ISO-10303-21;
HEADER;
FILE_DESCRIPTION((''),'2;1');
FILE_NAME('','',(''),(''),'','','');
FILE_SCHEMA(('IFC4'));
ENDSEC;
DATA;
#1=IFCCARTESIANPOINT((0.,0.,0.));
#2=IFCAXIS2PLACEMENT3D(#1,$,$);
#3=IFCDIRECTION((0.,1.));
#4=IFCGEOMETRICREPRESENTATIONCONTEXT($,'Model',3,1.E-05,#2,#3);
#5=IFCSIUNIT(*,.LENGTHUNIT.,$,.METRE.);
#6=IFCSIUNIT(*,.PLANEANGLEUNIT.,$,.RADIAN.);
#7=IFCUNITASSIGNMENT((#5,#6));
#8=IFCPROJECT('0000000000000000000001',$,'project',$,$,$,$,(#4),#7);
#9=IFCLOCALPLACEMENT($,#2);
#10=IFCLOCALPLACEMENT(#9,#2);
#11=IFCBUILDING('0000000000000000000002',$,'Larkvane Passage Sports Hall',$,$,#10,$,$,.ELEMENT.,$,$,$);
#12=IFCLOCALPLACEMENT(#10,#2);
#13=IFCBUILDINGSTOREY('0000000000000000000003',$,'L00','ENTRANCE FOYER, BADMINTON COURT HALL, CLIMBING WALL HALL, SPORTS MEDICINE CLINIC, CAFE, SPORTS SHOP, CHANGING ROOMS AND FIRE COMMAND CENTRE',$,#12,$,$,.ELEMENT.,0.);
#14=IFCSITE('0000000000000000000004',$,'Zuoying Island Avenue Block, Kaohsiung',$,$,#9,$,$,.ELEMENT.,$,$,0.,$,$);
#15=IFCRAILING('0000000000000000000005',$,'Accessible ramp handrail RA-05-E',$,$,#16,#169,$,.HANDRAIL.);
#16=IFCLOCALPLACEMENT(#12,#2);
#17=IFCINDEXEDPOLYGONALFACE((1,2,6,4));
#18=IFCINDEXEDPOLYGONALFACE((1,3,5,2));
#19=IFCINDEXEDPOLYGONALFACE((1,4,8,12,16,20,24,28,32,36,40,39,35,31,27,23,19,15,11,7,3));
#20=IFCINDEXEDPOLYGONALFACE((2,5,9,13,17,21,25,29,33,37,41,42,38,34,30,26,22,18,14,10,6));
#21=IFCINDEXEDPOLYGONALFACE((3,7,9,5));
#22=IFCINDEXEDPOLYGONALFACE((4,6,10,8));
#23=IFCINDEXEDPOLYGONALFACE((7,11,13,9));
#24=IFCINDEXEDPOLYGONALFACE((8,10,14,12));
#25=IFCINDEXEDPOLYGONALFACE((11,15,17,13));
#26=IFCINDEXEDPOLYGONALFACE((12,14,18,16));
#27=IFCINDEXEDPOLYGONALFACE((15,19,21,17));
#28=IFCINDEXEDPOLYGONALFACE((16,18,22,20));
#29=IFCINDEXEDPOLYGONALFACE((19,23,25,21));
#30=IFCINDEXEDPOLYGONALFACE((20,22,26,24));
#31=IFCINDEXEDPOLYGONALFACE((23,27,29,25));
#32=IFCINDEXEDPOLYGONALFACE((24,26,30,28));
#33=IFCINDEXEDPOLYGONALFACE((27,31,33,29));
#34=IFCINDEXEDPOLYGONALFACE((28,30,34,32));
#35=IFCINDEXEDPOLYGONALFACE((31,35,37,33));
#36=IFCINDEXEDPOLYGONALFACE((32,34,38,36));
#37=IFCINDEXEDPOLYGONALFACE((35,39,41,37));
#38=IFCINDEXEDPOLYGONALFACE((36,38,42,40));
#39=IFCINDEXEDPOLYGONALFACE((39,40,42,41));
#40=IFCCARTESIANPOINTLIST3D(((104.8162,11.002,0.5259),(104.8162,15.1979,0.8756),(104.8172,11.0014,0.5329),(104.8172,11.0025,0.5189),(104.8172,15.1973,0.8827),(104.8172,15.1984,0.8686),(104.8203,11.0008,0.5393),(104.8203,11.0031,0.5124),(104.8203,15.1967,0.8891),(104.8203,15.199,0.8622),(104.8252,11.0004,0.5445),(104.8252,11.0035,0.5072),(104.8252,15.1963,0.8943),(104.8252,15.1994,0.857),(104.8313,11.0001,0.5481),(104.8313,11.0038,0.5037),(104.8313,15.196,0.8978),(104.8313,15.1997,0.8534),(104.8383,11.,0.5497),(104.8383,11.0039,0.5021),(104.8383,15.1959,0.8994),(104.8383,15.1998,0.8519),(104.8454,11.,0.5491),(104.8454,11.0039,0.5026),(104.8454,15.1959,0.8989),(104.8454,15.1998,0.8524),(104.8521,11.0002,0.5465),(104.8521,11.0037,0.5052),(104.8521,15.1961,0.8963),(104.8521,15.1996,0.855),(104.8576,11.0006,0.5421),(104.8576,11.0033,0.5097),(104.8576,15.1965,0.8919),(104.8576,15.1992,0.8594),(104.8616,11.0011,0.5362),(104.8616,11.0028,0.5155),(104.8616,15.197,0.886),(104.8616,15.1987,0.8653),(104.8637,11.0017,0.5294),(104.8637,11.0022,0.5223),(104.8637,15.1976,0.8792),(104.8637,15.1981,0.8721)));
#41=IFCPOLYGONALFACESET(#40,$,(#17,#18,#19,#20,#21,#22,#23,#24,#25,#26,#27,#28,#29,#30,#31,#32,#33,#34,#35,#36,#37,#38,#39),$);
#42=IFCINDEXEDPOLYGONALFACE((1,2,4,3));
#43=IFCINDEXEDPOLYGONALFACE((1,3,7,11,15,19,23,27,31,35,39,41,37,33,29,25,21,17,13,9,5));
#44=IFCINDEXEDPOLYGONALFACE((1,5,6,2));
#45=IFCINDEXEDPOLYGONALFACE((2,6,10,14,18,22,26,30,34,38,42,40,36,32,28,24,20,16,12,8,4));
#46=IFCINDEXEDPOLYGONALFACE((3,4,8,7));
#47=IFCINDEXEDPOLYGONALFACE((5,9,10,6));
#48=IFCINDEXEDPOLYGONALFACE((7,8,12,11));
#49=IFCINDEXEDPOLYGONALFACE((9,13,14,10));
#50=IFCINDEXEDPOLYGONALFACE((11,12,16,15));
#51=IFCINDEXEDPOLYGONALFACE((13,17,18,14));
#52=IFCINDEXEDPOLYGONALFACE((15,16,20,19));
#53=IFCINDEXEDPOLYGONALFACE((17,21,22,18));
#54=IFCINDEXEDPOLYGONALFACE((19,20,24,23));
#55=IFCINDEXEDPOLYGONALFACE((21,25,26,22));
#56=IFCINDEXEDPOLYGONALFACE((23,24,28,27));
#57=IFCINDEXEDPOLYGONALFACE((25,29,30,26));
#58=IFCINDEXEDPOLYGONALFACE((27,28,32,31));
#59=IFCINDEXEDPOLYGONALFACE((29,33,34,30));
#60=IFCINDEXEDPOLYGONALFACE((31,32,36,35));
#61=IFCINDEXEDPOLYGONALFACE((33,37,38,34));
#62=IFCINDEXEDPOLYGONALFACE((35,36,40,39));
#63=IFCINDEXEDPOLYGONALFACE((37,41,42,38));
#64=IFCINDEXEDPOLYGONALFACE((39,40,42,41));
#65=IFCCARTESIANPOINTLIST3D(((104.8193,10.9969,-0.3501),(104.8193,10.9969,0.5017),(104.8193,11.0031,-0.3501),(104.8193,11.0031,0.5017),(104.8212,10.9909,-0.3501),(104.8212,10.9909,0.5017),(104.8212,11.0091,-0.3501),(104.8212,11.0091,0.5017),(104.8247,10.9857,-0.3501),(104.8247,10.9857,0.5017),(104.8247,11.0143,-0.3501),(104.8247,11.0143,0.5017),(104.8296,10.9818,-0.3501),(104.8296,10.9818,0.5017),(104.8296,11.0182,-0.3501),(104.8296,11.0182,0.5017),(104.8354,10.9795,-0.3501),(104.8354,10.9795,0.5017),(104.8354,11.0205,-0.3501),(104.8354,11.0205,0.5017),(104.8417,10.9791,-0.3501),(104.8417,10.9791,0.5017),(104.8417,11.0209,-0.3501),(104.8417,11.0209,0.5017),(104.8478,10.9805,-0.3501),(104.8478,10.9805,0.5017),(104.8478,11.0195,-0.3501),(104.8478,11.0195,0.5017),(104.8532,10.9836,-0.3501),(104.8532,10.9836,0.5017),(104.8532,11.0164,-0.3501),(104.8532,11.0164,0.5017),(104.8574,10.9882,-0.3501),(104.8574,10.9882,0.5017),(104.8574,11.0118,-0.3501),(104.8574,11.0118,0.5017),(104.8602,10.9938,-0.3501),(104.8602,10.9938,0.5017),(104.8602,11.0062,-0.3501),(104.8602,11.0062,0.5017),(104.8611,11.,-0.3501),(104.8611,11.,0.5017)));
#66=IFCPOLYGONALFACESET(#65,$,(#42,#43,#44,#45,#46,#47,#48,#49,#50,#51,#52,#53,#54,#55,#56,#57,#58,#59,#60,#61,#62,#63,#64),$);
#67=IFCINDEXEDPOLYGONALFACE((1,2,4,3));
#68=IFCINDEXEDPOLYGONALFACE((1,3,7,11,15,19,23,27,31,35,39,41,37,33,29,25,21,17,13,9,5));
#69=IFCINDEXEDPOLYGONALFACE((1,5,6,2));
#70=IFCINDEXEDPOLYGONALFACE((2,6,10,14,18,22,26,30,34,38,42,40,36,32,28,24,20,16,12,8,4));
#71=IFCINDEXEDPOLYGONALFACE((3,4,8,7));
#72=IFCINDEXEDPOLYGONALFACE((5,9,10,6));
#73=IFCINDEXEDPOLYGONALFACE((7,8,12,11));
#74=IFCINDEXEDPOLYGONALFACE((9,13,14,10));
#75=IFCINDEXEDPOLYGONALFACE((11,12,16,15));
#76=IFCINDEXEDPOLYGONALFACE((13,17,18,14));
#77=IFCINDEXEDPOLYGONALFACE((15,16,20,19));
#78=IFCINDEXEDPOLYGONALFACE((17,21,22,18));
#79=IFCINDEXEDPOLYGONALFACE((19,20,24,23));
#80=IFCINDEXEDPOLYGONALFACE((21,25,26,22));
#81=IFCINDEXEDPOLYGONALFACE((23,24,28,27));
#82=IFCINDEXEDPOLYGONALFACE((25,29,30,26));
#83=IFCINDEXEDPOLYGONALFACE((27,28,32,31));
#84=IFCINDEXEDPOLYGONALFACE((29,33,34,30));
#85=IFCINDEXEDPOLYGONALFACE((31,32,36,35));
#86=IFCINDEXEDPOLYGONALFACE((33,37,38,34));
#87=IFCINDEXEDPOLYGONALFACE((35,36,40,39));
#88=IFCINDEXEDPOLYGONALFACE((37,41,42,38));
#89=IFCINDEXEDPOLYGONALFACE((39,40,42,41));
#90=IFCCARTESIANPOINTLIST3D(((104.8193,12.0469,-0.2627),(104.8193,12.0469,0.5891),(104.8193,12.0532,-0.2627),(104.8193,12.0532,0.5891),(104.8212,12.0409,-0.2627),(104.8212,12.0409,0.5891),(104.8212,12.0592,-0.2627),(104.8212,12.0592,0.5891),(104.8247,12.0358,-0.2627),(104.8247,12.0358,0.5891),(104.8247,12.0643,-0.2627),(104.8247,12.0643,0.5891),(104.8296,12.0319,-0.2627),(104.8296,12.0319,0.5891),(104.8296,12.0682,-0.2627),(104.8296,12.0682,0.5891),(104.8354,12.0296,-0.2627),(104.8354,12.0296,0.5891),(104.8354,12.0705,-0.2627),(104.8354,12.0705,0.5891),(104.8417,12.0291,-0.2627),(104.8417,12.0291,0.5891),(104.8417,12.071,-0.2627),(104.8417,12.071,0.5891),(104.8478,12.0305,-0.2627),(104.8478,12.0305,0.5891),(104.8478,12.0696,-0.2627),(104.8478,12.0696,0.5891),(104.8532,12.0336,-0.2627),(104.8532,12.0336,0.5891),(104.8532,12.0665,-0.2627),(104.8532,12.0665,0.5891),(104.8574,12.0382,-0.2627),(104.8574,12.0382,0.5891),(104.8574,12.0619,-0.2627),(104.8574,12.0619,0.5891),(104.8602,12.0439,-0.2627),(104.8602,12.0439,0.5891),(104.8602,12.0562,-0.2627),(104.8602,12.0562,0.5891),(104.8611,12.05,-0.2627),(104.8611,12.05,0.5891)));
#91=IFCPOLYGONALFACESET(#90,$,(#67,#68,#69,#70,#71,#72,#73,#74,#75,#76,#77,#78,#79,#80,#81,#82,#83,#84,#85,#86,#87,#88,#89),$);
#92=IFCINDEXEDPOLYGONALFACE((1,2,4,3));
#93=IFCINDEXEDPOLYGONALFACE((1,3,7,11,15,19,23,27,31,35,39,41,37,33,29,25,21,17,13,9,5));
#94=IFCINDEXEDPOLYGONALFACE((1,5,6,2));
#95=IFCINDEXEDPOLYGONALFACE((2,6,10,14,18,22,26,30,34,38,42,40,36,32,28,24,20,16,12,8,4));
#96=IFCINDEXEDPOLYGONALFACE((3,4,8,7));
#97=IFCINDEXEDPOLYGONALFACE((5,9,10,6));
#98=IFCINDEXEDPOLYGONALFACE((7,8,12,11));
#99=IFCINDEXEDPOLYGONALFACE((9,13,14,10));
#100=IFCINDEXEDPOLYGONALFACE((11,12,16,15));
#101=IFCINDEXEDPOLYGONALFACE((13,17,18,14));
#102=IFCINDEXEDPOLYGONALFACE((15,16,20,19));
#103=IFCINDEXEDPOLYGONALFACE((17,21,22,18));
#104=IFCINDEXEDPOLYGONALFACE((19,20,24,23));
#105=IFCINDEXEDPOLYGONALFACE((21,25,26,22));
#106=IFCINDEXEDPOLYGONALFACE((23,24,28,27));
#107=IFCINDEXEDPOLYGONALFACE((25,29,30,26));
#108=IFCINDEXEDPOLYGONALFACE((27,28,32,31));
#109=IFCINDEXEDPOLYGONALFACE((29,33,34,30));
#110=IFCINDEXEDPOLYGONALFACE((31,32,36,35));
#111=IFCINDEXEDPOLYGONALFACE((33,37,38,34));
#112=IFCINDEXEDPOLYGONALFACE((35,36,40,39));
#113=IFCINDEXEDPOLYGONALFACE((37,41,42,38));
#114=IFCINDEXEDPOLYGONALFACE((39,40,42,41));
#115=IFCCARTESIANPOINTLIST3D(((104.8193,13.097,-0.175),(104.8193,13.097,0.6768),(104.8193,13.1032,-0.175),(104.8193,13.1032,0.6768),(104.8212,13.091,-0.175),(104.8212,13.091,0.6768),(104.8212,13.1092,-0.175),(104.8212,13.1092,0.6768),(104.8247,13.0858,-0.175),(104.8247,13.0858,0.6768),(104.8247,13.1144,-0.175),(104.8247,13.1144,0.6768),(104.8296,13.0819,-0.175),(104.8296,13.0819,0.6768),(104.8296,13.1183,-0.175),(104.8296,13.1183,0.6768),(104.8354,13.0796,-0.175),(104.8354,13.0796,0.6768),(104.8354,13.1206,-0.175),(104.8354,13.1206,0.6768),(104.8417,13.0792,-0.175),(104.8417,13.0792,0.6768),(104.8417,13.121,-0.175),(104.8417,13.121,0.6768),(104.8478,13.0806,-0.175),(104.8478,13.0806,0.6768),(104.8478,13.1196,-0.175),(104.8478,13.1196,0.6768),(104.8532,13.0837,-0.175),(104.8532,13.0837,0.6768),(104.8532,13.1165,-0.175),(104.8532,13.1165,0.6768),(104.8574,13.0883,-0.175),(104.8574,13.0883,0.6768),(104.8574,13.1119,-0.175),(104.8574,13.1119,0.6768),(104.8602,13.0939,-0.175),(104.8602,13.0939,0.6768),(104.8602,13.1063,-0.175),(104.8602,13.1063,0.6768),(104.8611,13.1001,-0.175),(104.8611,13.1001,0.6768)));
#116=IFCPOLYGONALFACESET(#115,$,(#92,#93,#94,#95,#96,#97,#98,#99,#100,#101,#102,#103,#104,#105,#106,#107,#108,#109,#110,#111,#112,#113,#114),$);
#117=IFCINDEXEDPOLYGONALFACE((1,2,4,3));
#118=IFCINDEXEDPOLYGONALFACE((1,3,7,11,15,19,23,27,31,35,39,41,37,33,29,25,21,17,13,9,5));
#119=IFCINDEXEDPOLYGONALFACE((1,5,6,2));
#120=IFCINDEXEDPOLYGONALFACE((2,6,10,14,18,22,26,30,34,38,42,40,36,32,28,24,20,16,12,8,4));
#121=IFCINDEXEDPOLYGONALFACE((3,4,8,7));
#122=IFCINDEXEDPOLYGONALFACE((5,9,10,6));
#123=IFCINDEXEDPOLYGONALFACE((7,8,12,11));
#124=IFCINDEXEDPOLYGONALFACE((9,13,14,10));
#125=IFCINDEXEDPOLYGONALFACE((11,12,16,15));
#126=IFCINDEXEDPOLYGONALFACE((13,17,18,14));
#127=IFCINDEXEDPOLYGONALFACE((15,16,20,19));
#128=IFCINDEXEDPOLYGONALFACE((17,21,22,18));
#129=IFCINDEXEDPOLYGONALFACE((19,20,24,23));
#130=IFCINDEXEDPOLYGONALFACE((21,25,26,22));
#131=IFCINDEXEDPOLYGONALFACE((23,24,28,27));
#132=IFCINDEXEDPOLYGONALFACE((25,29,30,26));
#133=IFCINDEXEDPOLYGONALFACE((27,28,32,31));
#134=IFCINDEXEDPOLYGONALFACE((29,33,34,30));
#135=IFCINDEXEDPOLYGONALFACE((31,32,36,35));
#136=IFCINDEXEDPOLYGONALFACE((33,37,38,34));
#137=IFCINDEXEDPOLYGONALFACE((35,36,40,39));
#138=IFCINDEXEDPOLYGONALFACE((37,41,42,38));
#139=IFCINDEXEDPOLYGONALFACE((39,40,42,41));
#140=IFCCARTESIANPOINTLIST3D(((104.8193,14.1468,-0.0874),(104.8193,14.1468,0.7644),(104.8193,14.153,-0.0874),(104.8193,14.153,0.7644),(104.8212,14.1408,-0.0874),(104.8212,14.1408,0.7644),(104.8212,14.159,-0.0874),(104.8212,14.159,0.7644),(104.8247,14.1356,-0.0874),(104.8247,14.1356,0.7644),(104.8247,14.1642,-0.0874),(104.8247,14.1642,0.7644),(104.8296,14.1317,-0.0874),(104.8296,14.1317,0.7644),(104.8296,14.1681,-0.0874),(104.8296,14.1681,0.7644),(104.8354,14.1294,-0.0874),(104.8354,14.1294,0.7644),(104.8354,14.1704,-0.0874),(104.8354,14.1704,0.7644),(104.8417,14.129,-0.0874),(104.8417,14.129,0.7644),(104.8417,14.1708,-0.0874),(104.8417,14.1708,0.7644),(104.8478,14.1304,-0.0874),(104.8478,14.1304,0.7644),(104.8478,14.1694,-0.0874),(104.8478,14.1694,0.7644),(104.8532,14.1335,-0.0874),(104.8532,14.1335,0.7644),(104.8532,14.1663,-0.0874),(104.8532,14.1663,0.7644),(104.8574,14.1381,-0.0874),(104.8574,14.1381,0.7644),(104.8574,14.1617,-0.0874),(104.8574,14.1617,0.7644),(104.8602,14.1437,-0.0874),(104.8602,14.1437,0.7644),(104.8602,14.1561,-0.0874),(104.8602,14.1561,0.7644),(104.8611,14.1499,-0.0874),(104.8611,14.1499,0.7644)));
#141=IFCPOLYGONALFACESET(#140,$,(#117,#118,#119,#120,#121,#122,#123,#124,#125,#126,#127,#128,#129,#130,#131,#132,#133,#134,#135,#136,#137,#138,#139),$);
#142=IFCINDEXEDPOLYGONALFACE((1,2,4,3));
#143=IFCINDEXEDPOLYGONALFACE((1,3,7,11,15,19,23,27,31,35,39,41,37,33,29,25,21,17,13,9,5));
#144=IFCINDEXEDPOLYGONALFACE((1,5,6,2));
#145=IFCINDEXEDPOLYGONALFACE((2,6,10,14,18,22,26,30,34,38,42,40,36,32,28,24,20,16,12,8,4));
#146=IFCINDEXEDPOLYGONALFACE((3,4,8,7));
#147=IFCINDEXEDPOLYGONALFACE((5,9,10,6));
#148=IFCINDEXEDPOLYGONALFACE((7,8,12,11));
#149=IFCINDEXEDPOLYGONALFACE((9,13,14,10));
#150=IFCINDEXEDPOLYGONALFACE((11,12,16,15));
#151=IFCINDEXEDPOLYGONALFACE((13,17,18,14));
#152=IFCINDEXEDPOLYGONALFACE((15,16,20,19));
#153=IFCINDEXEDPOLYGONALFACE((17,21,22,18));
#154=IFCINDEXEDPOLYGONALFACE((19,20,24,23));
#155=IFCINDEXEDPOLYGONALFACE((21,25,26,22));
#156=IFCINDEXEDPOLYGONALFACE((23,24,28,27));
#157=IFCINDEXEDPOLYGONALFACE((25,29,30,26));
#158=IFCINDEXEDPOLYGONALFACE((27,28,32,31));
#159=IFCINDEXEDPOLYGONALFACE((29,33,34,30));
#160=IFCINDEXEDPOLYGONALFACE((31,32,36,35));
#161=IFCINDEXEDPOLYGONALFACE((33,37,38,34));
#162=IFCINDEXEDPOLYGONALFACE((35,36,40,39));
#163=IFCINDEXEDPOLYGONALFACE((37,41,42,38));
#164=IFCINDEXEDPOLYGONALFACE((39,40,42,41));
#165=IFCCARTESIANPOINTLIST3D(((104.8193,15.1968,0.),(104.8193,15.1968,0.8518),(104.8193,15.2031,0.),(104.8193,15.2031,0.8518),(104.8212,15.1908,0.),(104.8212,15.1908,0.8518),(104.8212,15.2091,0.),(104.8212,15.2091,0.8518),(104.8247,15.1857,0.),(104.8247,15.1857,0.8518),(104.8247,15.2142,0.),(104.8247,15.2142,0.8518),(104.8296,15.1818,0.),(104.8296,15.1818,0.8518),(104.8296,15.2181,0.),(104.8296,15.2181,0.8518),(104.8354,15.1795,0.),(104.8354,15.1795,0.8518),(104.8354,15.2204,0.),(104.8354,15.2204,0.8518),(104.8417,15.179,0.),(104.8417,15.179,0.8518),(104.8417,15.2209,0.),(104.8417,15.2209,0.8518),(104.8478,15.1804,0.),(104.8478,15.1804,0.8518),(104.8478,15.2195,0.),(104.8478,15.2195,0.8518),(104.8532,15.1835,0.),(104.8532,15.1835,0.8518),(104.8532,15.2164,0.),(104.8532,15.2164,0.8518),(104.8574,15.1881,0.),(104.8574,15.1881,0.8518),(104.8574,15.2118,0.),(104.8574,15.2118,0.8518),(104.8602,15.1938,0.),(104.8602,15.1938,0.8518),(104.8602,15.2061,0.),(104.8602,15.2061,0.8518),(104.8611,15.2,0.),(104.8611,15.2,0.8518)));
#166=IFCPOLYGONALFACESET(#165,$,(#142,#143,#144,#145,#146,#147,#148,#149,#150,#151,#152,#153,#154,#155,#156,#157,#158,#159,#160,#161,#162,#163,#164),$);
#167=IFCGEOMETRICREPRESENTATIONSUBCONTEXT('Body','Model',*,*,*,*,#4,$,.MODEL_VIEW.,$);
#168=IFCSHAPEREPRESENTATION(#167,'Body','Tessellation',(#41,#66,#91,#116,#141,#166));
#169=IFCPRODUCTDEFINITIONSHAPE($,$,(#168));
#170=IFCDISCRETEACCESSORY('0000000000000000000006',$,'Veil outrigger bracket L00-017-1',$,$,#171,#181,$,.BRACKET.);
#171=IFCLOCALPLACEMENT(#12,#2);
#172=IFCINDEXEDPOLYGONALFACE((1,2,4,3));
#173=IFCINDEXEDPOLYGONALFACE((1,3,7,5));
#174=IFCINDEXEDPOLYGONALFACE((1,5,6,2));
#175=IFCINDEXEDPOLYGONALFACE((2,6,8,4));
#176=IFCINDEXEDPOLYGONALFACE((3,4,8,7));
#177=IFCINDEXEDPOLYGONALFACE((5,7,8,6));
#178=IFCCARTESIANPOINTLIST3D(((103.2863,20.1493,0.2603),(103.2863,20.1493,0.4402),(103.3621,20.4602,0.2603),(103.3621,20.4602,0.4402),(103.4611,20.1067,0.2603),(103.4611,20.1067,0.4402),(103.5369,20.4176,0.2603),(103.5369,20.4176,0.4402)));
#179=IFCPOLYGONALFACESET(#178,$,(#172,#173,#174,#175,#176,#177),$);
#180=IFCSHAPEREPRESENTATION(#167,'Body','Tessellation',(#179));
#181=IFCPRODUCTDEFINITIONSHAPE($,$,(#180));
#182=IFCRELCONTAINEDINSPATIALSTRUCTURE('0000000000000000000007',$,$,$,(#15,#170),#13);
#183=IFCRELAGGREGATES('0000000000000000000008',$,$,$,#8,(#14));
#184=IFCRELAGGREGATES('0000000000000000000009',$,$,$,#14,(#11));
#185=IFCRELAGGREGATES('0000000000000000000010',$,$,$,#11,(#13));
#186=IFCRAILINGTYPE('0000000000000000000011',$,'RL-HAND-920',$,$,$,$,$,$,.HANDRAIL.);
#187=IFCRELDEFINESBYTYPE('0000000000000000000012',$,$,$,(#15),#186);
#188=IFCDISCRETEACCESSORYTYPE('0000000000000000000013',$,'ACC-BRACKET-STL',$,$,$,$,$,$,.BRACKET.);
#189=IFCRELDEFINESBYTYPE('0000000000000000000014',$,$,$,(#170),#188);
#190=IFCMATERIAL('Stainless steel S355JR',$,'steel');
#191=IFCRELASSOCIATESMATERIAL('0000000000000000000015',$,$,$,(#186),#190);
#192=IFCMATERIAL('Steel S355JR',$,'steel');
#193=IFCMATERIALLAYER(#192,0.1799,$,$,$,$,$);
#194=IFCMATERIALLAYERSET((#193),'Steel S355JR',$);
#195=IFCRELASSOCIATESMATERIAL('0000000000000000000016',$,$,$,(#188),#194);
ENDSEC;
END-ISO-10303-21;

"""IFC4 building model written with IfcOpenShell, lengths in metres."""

from ifc_helpers import new_model, si_unit, direction, frame, origin, origin_2d, place, context, subcontext, project, spatial, rectangle, circle, extrude, material, layer, layer_set, type_object, element, save


model = new_model("IFC4")

# Units and contexts
model_context = context("Model", 3, precision=1e-05, world=origin(), true_north=direction((0.0, 1.0)))
body_context = subcontext(model_context, "Body", "Model", "MODEL_VIEW")
ifc_project = project(units=[si_unit("LENGTHUNIT", "METRE"), si_unit("PLANEANGLEUNIT", "RADIAN")], contexts=[model_context])

# Site, building, storey
site_placement = place(None, origin())
site = spatial("IfcSite", under=ifc_project, at=site_placement, Name="Zuoying Island Avenue Block, Kaohsiung", CompositionType="ELEMENT", RefElevation=0.0)
building_placement = place(site_placement, origin())
building = spatial("IfcBuilding", under=site, at=building_placement, Name="Larkvane Passage Sports Hall", CompositionType="ELEMENT")
storey_placement = place(building_placement, origin())
storey = spatial("IfcBuildingStorey", under=building, at=storey_placement, Name="L00", Description="ENTRANCE FOYER, BADMINTON COURT HALL, CLIMBING WALL HALL, SPORTS MEDICINE CLINIC, CAFE, SPORTS SHOP, CHANGING ROOMS AND FIRE COMMAND CENTRE", CompositionType="ELEMENT", Elevation=0.0)

# Railing
ifc_material_1 = material(Name="Stainless steel S355JR", Category="steel")
railing_type = type_object("IfcRailingType", Name="RL-HAND-920", PredefinedType="HANDRAIL", material=ifc_material_1)
railing_placement = place(storey_placement, frame((104.8401, 11.0, -0.3501)))
element("IfcRailing", 1, at=railing_placement, inside=storey, type_object=railing_type, Name="Accessible ramp handrail RA-05-E", PredefinedType="HANDRAIL", context=body_context, shape_type="SweptSolid", body=[
    extrude(circle(Radius=0.0239, at=origin_2d()), frame((0.0, 0.002, 0.876), z_axis=(0.0, 0.996544, 0.083069), x_axis=(-1.0, 0.0, 0.0)), (0.0, 0.0, 1.0), 4.2104),
    extrude(circle(Radius=0.021, at=origin_2d()), origin(), (0.0, 0.0, 1.0), 0.8518),
    extrude(circle(Radius=0.021, at=origin_2d()), frame((0.0, 1.05, 0.0874)), (0.0, 0.0, 1.0), 0.8518),
    extrude(circle(Radius=0.021, at=origin_2d()), frame((0.0, 2.1001, 0.175)), (0.0, 0.0, 1.0), 0.8518),
    extrude(circle(Radius=0.021, at=origin_2d()), frame((0.0, 3.1499, 0.2627)), (0.0, 0.0, 1.0), 0.8518),
    extrude(circle(Radius=0.021, at=origin_2d()), frame((0.0, 4.2, 0.3501)), (0.0, 0.0, 1.0), 0.8518),
])

# Discrete accessory
ifc_material_2 = material(Name="Steel S355JR", Category="steel")
ifc_layer_1 = layer(ifc_material_2, 0.1799)
ifc_layer_set_1 = layer_set([ifc_layer_1], Name="Steel S355JR")
discrete_accessory_type = type_object("IfcDiscreteAccessoryType", Name="ACC-BRACKET-STL", PredefinedType="BRACKET", material=ifc_layer_set_1)
discrete_accessory_placement = place(storey_placement, frame((103.4116, 20.2834, 0.2603), z_axis=(0.0, 0.0, 1.0), x_axis=(-0.97152, 0.236956, 0.0)))
element("IfcDiscreteAccessory", 2, at=discrete_accessory_placement, inside=storey, type_object=discrete_accessory_type, Name="Veil outrigger bracket L00-017-1", PredefinedType="BRACKET", context=body_context, shape_type="SweptSolid", body=[
    extrude(rectangle(XDim=0.1799, YDim=0.3201, at=origin_2d()), origin(), (0.0, 0.0, 1.0), 0.1799),
])

save(model, "model.ifc")
